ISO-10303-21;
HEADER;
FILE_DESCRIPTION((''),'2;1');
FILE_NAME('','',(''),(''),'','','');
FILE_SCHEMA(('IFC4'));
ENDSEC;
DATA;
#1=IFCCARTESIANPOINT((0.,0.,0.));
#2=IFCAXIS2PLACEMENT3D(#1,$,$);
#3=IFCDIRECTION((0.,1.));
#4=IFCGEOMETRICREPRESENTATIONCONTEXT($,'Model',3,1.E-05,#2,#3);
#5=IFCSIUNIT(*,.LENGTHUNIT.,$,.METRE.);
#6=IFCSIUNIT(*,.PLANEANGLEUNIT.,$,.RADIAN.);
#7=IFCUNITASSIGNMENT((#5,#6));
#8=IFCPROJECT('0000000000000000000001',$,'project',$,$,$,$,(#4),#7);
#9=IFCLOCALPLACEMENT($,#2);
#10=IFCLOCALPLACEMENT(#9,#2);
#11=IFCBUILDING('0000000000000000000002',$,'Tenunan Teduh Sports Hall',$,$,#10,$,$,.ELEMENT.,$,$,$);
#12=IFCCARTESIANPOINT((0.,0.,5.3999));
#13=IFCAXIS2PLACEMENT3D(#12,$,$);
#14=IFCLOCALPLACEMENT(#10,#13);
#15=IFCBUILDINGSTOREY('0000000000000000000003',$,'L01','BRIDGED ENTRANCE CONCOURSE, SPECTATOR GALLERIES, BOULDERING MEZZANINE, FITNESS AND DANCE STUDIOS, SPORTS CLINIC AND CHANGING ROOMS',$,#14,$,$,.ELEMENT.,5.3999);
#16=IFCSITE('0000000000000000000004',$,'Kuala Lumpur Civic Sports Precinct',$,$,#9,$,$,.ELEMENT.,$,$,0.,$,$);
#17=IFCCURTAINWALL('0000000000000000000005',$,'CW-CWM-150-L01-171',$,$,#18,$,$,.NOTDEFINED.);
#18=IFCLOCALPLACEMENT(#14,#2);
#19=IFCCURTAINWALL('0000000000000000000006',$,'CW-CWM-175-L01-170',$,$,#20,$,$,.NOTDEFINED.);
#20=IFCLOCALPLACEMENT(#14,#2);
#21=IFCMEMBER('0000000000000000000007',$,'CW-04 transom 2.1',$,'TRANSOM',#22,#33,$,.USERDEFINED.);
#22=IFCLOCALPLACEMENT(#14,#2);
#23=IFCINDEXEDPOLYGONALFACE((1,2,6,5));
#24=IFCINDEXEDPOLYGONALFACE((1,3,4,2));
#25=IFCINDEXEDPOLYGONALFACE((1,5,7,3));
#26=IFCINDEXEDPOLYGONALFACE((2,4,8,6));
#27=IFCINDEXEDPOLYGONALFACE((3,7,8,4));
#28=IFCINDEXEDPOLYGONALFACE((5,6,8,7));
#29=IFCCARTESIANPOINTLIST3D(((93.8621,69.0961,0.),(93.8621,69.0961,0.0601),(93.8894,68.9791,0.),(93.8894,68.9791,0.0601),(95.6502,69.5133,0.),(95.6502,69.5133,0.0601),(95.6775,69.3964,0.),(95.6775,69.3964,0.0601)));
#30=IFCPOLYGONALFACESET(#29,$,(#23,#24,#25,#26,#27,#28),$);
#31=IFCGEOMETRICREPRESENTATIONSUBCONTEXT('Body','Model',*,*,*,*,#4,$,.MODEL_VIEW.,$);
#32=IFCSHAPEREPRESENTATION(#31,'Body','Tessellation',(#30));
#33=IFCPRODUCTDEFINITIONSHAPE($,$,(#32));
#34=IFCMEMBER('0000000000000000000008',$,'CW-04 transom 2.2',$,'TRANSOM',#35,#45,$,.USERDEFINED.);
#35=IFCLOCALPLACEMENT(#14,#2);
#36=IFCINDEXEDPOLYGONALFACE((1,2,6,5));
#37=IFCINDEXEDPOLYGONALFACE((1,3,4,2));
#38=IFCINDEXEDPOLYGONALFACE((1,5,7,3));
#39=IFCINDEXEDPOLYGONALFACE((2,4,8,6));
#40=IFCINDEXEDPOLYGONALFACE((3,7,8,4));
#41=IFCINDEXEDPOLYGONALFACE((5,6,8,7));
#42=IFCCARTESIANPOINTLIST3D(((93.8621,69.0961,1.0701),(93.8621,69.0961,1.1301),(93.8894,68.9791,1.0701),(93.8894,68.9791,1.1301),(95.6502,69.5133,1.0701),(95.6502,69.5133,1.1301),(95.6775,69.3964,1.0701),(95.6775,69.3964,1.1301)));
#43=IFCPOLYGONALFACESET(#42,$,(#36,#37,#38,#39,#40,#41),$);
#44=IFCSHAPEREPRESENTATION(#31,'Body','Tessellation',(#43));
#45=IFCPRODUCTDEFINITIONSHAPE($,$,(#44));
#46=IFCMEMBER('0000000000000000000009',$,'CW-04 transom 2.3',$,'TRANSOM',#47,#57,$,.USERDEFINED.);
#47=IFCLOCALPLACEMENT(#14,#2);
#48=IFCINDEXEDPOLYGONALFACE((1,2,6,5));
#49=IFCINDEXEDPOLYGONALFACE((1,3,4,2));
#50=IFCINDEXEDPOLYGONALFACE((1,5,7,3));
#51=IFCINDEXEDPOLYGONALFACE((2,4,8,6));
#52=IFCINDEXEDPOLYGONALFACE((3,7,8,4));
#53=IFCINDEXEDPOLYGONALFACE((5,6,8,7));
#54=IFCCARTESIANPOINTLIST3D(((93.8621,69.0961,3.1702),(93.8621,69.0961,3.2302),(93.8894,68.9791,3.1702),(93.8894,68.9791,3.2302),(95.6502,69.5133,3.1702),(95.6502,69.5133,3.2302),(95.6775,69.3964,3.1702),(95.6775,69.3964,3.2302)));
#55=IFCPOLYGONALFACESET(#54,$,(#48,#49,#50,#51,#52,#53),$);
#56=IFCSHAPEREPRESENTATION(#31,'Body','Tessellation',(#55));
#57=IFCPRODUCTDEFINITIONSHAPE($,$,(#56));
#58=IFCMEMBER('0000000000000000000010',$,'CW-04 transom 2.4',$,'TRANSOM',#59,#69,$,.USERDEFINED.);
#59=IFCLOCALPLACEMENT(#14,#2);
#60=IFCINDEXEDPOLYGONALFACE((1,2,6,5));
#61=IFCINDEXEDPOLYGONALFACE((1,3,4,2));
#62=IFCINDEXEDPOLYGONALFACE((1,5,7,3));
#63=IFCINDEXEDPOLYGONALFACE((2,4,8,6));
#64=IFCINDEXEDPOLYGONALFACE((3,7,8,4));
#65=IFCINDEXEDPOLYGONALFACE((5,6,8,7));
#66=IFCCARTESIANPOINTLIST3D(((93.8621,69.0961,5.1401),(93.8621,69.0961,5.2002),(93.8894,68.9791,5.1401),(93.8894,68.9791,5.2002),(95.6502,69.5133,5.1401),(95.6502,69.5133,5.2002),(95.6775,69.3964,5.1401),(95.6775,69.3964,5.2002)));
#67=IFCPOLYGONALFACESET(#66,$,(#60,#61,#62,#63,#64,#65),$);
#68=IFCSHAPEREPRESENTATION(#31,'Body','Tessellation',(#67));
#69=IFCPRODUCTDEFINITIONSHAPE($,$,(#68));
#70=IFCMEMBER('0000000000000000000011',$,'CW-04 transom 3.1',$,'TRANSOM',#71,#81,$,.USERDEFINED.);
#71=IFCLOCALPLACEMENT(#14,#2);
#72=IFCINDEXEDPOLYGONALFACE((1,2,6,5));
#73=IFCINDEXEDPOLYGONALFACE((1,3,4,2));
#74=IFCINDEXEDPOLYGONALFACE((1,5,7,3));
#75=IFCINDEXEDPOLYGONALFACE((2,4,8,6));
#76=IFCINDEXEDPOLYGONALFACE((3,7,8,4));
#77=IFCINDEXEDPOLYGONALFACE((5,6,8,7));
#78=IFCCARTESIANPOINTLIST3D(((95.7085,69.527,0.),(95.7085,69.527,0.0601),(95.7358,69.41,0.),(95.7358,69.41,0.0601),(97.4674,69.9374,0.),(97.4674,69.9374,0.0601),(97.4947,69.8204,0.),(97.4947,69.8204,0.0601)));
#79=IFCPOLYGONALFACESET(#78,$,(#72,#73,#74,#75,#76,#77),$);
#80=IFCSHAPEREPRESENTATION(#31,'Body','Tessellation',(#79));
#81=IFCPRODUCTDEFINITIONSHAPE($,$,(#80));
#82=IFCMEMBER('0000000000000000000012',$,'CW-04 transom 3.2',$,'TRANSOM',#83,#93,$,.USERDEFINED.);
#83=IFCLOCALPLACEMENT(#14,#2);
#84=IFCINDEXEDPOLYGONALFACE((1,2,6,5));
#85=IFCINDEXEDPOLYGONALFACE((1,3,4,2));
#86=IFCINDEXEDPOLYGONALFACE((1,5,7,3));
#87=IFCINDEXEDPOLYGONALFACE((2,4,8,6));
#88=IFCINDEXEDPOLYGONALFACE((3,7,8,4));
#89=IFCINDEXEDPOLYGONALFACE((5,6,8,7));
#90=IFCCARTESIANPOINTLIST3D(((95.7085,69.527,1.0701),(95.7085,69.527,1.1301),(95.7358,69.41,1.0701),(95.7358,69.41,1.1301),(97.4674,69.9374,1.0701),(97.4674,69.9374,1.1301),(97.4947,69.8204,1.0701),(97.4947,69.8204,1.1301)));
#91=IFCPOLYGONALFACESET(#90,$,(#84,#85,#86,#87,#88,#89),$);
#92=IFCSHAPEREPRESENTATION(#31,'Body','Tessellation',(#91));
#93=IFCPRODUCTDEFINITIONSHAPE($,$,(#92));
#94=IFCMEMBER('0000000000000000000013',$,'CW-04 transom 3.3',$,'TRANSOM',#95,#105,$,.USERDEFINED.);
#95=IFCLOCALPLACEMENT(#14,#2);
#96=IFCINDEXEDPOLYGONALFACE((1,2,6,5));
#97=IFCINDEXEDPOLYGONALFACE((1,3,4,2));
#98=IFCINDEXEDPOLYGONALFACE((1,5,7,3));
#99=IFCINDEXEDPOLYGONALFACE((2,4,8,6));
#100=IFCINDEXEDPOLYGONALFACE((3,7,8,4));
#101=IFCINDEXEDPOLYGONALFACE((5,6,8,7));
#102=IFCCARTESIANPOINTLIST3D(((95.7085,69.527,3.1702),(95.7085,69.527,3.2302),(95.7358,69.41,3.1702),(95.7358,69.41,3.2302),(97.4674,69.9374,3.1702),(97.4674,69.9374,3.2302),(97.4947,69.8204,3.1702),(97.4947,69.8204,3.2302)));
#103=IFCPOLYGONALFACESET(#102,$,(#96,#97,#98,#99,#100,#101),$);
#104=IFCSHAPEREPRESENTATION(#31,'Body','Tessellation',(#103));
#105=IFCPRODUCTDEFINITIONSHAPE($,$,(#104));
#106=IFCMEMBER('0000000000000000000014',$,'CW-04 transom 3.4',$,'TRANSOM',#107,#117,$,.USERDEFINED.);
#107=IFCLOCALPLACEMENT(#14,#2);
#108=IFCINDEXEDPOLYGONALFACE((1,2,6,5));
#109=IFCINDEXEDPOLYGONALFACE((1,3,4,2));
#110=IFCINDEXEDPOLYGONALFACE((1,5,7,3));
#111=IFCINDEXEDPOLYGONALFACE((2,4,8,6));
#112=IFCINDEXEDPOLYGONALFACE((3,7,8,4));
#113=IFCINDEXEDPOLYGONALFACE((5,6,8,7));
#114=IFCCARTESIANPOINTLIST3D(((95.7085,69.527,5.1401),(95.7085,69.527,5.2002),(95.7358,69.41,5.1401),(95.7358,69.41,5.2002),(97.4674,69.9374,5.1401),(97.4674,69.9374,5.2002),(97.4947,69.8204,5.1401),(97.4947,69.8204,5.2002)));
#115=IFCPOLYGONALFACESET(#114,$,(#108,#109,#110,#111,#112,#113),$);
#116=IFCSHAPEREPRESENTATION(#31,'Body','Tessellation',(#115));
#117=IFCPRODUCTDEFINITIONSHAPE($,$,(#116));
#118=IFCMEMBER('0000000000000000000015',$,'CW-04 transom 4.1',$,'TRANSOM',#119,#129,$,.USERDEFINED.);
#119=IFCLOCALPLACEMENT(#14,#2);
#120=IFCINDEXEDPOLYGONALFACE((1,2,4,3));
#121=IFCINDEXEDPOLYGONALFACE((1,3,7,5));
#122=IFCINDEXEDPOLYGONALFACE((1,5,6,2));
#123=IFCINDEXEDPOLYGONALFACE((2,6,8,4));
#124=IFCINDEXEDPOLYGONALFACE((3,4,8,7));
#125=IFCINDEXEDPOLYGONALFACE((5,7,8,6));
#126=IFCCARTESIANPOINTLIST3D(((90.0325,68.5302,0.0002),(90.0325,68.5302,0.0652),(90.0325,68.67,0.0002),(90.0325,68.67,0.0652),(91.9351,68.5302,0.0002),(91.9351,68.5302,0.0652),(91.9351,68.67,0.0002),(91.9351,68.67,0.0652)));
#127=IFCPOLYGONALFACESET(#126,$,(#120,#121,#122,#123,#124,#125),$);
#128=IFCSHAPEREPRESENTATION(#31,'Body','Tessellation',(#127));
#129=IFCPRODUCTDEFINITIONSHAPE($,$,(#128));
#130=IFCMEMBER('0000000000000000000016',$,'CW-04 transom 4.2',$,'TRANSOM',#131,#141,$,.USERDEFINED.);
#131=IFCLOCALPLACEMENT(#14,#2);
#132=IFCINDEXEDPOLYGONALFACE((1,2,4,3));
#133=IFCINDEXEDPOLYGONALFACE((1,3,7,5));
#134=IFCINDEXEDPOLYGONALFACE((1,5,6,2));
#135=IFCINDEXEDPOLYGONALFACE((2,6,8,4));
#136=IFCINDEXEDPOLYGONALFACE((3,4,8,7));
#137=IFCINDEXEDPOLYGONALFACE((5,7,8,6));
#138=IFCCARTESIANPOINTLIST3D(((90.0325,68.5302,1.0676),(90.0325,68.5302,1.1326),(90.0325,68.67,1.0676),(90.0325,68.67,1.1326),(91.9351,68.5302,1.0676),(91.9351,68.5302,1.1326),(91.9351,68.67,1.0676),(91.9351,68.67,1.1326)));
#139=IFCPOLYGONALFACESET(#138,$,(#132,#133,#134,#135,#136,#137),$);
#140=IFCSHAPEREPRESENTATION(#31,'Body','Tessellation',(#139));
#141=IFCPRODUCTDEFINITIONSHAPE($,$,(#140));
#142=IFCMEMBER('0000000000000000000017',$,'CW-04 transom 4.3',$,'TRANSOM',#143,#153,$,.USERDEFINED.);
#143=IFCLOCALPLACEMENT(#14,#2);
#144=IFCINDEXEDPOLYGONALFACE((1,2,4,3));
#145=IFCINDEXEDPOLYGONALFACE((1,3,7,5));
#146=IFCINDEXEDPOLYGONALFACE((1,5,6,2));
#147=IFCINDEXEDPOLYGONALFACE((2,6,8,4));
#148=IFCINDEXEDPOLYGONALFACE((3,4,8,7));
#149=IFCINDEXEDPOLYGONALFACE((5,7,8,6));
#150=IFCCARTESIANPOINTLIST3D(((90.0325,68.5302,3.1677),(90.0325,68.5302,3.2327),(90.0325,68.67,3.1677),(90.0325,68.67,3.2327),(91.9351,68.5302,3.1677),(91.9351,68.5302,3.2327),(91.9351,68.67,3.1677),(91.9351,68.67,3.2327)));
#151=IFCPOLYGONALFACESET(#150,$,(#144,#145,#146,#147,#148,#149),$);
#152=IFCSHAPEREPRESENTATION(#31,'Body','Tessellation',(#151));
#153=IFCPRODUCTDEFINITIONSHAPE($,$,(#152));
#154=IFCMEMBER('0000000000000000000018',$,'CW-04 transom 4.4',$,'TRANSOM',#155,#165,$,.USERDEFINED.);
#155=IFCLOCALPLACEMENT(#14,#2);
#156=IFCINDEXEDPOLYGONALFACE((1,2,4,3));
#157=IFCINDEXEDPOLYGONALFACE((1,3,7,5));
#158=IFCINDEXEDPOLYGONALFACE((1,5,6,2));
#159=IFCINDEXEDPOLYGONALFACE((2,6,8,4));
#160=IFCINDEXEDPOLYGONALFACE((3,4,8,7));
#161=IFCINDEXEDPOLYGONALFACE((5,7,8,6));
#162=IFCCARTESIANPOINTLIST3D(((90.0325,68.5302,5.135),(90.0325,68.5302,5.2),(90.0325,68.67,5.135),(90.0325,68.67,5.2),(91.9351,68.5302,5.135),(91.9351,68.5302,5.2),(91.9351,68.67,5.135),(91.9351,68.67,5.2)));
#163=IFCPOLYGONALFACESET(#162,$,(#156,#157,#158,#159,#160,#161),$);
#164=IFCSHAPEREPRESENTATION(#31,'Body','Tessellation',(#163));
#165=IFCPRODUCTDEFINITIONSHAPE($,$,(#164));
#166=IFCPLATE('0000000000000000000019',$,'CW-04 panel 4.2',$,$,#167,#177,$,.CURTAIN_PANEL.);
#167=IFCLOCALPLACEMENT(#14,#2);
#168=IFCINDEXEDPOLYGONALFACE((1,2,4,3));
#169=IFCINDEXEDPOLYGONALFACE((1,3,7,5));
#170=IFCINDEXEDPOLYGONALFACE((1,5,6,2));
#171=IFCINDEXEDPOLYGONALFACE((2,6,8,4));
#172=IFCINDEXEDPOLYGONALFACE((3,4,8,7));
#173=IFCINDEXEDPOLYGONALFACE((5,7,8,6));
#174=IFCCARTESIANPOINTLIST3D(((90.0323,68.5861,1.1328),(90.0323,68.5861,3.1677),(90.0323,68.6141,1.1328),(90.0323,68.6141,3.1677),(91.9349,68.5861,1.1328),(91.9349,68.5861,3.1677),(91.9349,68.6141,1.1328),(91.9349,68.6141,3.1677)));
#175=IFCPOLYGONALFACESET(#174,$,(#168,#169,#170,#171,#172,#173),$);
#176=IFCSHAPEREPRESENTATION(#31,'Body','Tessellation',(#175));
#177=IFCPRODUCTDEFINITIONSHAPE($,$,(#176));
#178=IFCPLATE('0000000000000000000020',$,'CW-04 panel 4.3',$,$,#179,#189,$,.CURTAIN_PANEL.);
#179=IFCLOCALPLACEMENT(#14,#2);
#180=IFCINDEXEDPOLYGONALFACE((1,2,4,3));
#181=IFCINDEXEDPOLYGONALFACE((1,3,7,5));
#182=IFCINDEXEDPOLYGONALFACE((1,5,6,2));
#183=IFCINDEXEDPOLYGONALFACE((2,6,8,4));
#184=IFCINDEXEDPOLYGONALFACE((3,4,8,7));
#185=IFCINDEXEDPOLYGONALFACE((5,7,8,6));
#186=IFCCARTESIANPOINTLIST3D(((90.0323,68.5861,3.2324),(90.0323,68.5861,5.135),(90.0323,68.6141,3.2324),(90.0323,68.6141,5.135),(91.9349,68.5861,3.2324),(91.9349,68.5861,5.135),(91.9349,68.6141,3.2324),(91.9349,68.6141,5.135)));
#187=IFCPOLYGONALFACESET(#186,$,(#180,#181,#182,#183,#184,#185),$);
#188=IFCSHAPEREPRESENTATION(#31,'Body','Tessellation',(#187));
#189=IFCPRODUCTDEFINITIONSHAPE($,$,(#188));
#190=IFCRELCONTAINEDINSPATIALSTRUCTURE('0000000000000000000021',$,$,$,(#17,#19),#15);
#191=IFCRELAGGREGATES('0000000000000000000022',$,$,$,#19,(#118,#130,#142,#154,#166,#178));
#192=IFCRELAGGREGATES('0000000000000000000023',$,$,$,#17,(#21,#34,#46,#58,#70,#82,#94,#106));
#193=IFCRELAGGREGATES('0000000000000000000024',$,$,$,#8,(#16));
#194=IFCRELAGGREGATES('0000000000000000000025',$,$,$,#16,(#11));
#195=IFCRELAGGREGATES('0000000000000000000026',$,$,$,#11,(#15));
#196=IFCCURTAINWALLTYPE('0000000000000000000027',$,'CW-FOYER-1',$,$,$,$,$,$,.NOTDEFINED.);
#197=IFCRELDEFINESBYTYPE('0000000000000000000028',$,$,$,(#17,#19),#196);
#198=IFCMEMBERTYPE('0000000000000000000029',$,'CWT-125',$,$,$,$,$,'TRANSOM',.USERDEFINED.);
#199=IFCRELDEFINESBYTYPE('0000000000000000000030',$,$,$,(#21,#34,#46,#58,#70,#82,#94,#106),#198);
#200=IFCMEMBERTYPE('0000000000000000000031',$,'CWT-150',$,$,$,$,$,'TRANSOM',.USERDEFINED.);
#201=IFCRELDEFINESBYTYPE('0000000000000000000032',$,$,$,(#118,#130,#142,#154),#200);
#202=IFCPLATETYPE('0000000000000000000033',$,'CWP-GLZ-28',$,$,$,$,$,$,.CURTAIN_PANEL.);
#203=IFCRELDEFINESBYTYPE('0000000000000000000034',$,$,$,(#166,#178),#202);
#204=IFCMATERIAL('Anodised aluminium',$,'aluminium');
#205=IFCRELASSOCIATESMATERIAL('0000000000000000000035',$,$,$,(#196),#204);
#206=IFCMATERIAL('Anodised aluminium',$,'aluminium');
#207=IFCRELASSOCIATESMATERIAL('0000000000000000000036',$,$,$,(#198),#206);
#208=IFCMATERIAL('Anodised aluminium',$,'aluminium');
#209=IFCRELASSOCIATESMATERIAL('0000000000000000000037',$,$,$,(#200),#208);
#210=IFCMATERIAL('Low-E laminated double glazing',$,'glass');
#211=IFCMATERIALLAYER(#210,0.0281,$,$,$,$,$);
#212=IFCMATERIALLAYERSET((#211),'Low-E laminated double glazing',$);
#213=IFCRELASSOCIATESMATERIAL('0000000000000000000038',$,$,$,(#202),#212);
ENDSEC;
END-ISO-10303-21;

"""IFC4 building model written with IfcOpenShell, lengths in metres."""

from ifc_helpers import new_model, si_unit, direction, frame, origin, origin_2d, place, context, subcontext, project, spatial, rectangle, extrude, material, layer, layer_set, material_profile, profile_set, type_object, element, aggregate, save


model = new_model("IFC4")

# Units and contexts
model_context = context("Model", 3, precision=1e-05, world=origin(), true_north=direction((0.0, 1.0)))
body_context = subcontext(model_context, "Body", "Model", "MODEL_VIEW")
ifc_project = project(units=[si_unit("LENGTHUNIT", "METRE"), si_unit("PLANEANGLEUNIT", "RADIAN")], contexts=[model_context])

# Site, building, storey
site_placement = place(None, origin())
site = spatial("IfcSite", under=ifc_project, at=site_placement, Name="Kuala Lumpur Civic Sports Precinct", CompositionType="ELEMENT", RefElevation=0.0)
building_placement = place(site_placement, origin())
building = spatial("IfcBuilding", under=site, at=building_placement, Name="Tenunan Teduh Sports Hall", CompositionType="ELEMENT")
storey_placement = place(building_placement, frame((0.0, 0.0, 5.3999)))
storey = spatial("IfcBuildingStorey", under=building, at=storey_placement, Name="L01", Description="BRIDGED ENTRANCE CONCOURSE, SPECTATOR GALLERIES, BOULDERING MEZZANINE, FITNESS AND DANCE STUDIOS, SPORTS CLINIC AND CHANGING ROOMS", CompositionType="ELEMENT", Elevation=5.3999)

# Curtain walls
ifc_material_1 = material(Name="Anodised aluminium", Category="aluminium")
curtain_wall_type = type_object("IfcCurtainWallType", Name="CW-FOYER-1", PredefinedType="NOTDEFINED", material=ifc_material_1)
curtain_wall_1_placement = place(storey_placement, origin())
curtain_wall_1 = element("IfcCurtainWall", 1, at=curtain_wall_1_placement, inside=storey, type_object=curtain_wall_type, Name="CW-CWM-150-L01-171", PredefinedType="NOTDEFINED")
curtain_wall_2_placement = place(storey_placement, origin())
curtain_wall_2 = element("IfcCurtainWall", 2, at=curtain_wall_2_placement, inside=storey, type_object=curtain_wall_type, Name="CW-CWM-175-L01-170", PredefinedType="NOTDEFINED")

# Members
ifc_material_2 = material(Name="Anodised aluminium", Category="aluminium")
ifc_material_profile_1 = material_profile(ifc_material_2, rectangle(XDim=0.0601, YDim=0.1201, at=origin_2d()), Name="CWT 60x120")
ifc_profile_set_1 = profile_set([ifc_material_profile_1], Name="Anodised aluminium")
member_type_1 = type_object("IfcMemberType", Name="CWT-125", ElementType="TRANSOM", PredefinedType="USERDEFINED", material=ifc_profile_set_1)
member_1_placement = place(storey_placement, frame((93.8757, 69.0376, 0.03), z_axis=(0.973839, 0.227238, 0.0), x_axis=(0.0, 0.0, 1.0)))
member_1 = element("IfcMember", 3, at=member_1_placement, type_object=member_type_1, Name="CW-04 transom 2.1", ObjectType="TRANSOM", PredefinedType="USERDEFINED", context=body_context, shape_type="SweptSolid", body=[
    extrude(rectangle(XDim=0.0601, YDim=0.1201, at=origin_2d()), origin(), (0.0, 0.0, 1.0), 1.8362),
])
member_2_placement = place(storey_placement, frame((93.8757, 69.0376, 1.1001), z_axis=(0.973839, 0.227238, 0.0), x_axis=(0.0, 0.0, 1.0)))
member_2 = element("IfcMember", 4, at=member_2_placement, type_object=member_type_1, Name="CW-04 transom 2.2", ObjectType="TRANSOM", PredefinedType="USERDEFINED", context=body_context, shape_type="SweptSolid", body=[
    extrude(rectangle(XDim=0.0601, YDim=0.1201, at=origin_2d()), origin(), (0.0, 0.0, 1.0), 1.8362),
])
member_3_placement = place(storey_placement, frame((93.8757, 69.0376, 3.2002), z_axis=(0.973839, 0.227238, 0.0), x_axis=(0.0, 0.0, 1.0)))
member_3 = element("IfcMember", 5, at=member_3_placement, type_object=member_type_1, Name="CW-04 transom 2.3", ObjectType="TRANSOM", PredefinedType="USERDEFINED", context=body_context, shape_type="SweptSolid", body=[
    extrude(rectangle(XDim=0.0601, YDim=0.1201, at=origin_2d()), origin(), (0.0, 0.0, 1.0), 1.8362),
])
member_4_placement = place(storey_placement, frame((93.8757, 69.0376, 5.1702), z_axis=(0.973839, 0.227238, 0.0), x_axis=(0.0, 0.0, 1.0)))
member_4 = element("IfcMember", 6, at=member_4_placement, type_object=member_type_1, Name="CW-04 transom 2.4", ObjectType="TRANSOM", PredefinedType="USERDEFINED", context=body_context, shape_type="SweptSolid", body=[
    extrude(rectangle(XDim=0.0601, YDim=0.1201, at=origin_2d()), origin(), (0.0, 0.0, 1.0), 1.8362),
])
member_5_placement = place(storey_placement, frame((95.7222, 69.4685, 0.03), z_axis=(0.973839, 0.227238, 0.0), x_axis=(0.0, 0.0, 1.0)))
member_5 = element("IfcMember", 7, at=member_5_placement, type_object=member_type_1, Name="CW-04 transom 3.1", ObjectType="TRANSOM", PredefinedType="USERDEFINED", context=body_context, shape_type="SweptSolid", body=[
    extrude(rectangle(XDim=0.0601, YDim=0.1201, at=origin_2d()), origin(), (0.0, 0.0, 1.0), 1.8062),
])
member_6_placement = place(storey_placement, frame((95.7222, 69.4685, 1.1001), z_axis=(0.973839, 0.227238, 0.0), x_axis=(0.0, 0.0, 1.0)))
member_6 = element("IfcMember", 8, at=member_6_placement, type_object=member_type_1, Name="CW-04 transom 3.2", ObjectType="TRANSOM", PredefinedType="USERDEFINED", context=body_context, shape_type="SweptSolid", body=[
    extrude(rectangle(XDim=0.0601, YDim=0.1201, at=origin_2d()), origin(), (0.0, 0.0, 1.0), 1.8062),
])
member_7_placement = place(storey_placement, frame((95.7222, 69.4685, 3.2002), z_axis=(0.973839, 0.227238, 0.0), x_axis=(0.0, 0.0, 1.0)))
member_7 = element("IfcMember", 9, at=member_7_placement, type_object=member_type_1, Name="CW-04 transom 3.3", ObjectType="TRANSOM", PredefinedType="USERDEFINED", context=body_context, shape_type="SweptSolid", body=[
    extrude(rectangle(XDim=0.0601, YDim=0.1201, at=origin_2d()), origin(), (0.0, 0.0, 1.0), 1.8062),
])
member_8_placement = place(storey_placement, frame((95.7222, 69.4685, 5.1702), z_axis=(0.973839, 0.227238, 0.0), x_axis=(0.0, 0.0, 1.0)))
member_8 = element("IfcMember", 10, at=member_8_placement, type_object=member_type_1, Name="CW-04 transom 3.4", ObjectType="TRANSOM", PredefinedType="USERDEFINED", context=body_context, shape_type="SweptSolid", body=[
    extrude(rectangle(XDim=0.0601, YDim=0.1201, at=origin_2d()), origin(), (0.0, 0.0, 1.0), 1.8062),
])
ifc_material_3 = material(Name="Anodised aluminium", Category="aluminium")
ifc_material_profile_2 = material_profile(ifc_material_3, rectangle(XDim=0.0649, YDim=0.1399, at=origin_2d()), Name="CWT 65x140")
ifc_profile_set_2 = profile_set([ifc_material_profile_2], Name="Anodised aluminium")
member_type_2 = type_object("IfcMemberType", Name="CWT-150", ElementType="TRANSOM", PredefinedType="USERDEFINED", material=ifc_profile_set_2)
member_9_placement = place(storey_placement, frame((90.0325, 68.6001, 0.0327), z_axis=(1.0, 0.0, 0.0), x_axis=(0.0, 0.0, 1.0)))
member_9 = element("IfcMember", 11, at=member_9_placement, type_object=member_type_2, Name="CW-04 transom 4.1", ObjectType="TRANSOM", PredefinedType="USERDEFINED", context=body_context, shape_type="SweptSolid", body=[
    extrude(rectangle(XDim=0.0649, YDim=0.1399, at=origin_2d()), origin(), (0.0, 0.0, 1.0), 1.9026),
])
member_10_placement = place(storey_placement, frame((90.0325, 68.6001, 1.1001), z_axis=(1.0, 0.0, 0.0), x_axis=(0.0, 0.0, 1.0)))
member_10 = element("IfcMember", 12, at=member_10_placement, type_object=member_type_2, Name="CW-04 transom 4.2", ObjectType="TRANSOM", PredefinedType="USERDEFINED", context=body_context, shape_type="SweptSolid", body=[
    extrude(rectangle(XDim=0.0649, YDim=0.1399, at=origin_2d()), origin(), (0.0, 0.0, 1.0), 1.9026),
])
member_11_placement = place(storey_placement, frame((90.0325, 68.6001, 3.2002), z_axis=(1.0, 0.0, 0.0), x_axis=(0.0, 0.0, 1.0)))
member_11 = element("IfcMember", 13, at=member_11_placement, type_object=member_type_2, Name="CW-04 transom 4.3", ObjectType="TRANSOM", PredefinedType="USERDEFINED", context=body_context, shape_type="SweptSolid", body=[
    extrude(rectangle(XDim=0.0649, YDim=0.1399, at=origin_2d()), origin(), (0.0, 0.0, 1.0), 1.9026),
])
member_12_placement = place(storey_placement, frame((90.0325, 68.6001, 5.1675), z_axis=(1.0, 0.0, 0.0), x_axis=(0.0, 0.0, 1.0)))
member_12 = element("IfcMember", 14, at=member_12_placement, type_object=member_type_2, Name="CW-04 transom 4.4", ObjectType="TRANSOM", PredefinedType="USERDEFINED", context=body_context, shape_type="SweptSolid", body=[
    extrude(rectangle(XDim=0.0649, YDim=0.1399, at=origin_2d()), origin(), (0.0, 0.0, 1.0), 1.9026),
])

# Plates
ifc_material_4 = material(Name="Low-E laminated double glazing", Category="glass")
ifc_layer_1 = layer(ifc_material_4, 0.0281)
ifc_layer_set_1 = layer_set([ifc_layer_1], Name="Low-E laminated double glazing")
plate_type_1 = type_object("IfcPlateType", Name="CWP-GLZ-28", PredefinedType="CURTAIN_PANEL", material=ifc_layer_set_1)
plate_1_placement = place(storey_placement, frame((90.9836, 68.6001, 1.1328), z_axis=(0.0, 0.0, 1.0), x_axis=(1.0, 0.0, 0.0)))
plate_1 = element("IfcPlate", 15, at=plate_1_placement, type_object=plate_type_1, Name="CW-04 panel 4.2", PredefinedType="CURTAIN_PANEL", context=body_context, shape_type="SweptSolid", body=[
    extrude(rectangle(XDim=1.9026, YDim=0.0281, at=origin_2d()), origin(), (0.0, 0.0, 1.0), 2.0349),
])
plate_2_placement = place(storey_placement, frame((90.9836, 68.6001, 3.2324), z_axis=(0.0, 0.0, 1.0), x_axis=(1.0, 0.0, 0.0)))
plate_2 = element("IfcPlate", 16, at=plate_2_placement, type_object=plate_type_1, Name="CW-04 panel 4.3", PredefinedType="CURTAIN_PANEL", context=body_context, shape_type="SweptSolid", body=[
    extrude(rectangle(XDim=1.9026, YDim=0.0281, at=origin_2d()), origin(), (0.0, 0.0, 1.0), 1.9026),
])
aggregate(curtain_wall_2, [member_9, member_10, member_11, member_12, plate_1, plate_2])
aggregate(curtain_wall_1, [member_1, member_2, member_3, member_4, member_5, member_6, member_7, member_8])

save(model, "model.ifc")
